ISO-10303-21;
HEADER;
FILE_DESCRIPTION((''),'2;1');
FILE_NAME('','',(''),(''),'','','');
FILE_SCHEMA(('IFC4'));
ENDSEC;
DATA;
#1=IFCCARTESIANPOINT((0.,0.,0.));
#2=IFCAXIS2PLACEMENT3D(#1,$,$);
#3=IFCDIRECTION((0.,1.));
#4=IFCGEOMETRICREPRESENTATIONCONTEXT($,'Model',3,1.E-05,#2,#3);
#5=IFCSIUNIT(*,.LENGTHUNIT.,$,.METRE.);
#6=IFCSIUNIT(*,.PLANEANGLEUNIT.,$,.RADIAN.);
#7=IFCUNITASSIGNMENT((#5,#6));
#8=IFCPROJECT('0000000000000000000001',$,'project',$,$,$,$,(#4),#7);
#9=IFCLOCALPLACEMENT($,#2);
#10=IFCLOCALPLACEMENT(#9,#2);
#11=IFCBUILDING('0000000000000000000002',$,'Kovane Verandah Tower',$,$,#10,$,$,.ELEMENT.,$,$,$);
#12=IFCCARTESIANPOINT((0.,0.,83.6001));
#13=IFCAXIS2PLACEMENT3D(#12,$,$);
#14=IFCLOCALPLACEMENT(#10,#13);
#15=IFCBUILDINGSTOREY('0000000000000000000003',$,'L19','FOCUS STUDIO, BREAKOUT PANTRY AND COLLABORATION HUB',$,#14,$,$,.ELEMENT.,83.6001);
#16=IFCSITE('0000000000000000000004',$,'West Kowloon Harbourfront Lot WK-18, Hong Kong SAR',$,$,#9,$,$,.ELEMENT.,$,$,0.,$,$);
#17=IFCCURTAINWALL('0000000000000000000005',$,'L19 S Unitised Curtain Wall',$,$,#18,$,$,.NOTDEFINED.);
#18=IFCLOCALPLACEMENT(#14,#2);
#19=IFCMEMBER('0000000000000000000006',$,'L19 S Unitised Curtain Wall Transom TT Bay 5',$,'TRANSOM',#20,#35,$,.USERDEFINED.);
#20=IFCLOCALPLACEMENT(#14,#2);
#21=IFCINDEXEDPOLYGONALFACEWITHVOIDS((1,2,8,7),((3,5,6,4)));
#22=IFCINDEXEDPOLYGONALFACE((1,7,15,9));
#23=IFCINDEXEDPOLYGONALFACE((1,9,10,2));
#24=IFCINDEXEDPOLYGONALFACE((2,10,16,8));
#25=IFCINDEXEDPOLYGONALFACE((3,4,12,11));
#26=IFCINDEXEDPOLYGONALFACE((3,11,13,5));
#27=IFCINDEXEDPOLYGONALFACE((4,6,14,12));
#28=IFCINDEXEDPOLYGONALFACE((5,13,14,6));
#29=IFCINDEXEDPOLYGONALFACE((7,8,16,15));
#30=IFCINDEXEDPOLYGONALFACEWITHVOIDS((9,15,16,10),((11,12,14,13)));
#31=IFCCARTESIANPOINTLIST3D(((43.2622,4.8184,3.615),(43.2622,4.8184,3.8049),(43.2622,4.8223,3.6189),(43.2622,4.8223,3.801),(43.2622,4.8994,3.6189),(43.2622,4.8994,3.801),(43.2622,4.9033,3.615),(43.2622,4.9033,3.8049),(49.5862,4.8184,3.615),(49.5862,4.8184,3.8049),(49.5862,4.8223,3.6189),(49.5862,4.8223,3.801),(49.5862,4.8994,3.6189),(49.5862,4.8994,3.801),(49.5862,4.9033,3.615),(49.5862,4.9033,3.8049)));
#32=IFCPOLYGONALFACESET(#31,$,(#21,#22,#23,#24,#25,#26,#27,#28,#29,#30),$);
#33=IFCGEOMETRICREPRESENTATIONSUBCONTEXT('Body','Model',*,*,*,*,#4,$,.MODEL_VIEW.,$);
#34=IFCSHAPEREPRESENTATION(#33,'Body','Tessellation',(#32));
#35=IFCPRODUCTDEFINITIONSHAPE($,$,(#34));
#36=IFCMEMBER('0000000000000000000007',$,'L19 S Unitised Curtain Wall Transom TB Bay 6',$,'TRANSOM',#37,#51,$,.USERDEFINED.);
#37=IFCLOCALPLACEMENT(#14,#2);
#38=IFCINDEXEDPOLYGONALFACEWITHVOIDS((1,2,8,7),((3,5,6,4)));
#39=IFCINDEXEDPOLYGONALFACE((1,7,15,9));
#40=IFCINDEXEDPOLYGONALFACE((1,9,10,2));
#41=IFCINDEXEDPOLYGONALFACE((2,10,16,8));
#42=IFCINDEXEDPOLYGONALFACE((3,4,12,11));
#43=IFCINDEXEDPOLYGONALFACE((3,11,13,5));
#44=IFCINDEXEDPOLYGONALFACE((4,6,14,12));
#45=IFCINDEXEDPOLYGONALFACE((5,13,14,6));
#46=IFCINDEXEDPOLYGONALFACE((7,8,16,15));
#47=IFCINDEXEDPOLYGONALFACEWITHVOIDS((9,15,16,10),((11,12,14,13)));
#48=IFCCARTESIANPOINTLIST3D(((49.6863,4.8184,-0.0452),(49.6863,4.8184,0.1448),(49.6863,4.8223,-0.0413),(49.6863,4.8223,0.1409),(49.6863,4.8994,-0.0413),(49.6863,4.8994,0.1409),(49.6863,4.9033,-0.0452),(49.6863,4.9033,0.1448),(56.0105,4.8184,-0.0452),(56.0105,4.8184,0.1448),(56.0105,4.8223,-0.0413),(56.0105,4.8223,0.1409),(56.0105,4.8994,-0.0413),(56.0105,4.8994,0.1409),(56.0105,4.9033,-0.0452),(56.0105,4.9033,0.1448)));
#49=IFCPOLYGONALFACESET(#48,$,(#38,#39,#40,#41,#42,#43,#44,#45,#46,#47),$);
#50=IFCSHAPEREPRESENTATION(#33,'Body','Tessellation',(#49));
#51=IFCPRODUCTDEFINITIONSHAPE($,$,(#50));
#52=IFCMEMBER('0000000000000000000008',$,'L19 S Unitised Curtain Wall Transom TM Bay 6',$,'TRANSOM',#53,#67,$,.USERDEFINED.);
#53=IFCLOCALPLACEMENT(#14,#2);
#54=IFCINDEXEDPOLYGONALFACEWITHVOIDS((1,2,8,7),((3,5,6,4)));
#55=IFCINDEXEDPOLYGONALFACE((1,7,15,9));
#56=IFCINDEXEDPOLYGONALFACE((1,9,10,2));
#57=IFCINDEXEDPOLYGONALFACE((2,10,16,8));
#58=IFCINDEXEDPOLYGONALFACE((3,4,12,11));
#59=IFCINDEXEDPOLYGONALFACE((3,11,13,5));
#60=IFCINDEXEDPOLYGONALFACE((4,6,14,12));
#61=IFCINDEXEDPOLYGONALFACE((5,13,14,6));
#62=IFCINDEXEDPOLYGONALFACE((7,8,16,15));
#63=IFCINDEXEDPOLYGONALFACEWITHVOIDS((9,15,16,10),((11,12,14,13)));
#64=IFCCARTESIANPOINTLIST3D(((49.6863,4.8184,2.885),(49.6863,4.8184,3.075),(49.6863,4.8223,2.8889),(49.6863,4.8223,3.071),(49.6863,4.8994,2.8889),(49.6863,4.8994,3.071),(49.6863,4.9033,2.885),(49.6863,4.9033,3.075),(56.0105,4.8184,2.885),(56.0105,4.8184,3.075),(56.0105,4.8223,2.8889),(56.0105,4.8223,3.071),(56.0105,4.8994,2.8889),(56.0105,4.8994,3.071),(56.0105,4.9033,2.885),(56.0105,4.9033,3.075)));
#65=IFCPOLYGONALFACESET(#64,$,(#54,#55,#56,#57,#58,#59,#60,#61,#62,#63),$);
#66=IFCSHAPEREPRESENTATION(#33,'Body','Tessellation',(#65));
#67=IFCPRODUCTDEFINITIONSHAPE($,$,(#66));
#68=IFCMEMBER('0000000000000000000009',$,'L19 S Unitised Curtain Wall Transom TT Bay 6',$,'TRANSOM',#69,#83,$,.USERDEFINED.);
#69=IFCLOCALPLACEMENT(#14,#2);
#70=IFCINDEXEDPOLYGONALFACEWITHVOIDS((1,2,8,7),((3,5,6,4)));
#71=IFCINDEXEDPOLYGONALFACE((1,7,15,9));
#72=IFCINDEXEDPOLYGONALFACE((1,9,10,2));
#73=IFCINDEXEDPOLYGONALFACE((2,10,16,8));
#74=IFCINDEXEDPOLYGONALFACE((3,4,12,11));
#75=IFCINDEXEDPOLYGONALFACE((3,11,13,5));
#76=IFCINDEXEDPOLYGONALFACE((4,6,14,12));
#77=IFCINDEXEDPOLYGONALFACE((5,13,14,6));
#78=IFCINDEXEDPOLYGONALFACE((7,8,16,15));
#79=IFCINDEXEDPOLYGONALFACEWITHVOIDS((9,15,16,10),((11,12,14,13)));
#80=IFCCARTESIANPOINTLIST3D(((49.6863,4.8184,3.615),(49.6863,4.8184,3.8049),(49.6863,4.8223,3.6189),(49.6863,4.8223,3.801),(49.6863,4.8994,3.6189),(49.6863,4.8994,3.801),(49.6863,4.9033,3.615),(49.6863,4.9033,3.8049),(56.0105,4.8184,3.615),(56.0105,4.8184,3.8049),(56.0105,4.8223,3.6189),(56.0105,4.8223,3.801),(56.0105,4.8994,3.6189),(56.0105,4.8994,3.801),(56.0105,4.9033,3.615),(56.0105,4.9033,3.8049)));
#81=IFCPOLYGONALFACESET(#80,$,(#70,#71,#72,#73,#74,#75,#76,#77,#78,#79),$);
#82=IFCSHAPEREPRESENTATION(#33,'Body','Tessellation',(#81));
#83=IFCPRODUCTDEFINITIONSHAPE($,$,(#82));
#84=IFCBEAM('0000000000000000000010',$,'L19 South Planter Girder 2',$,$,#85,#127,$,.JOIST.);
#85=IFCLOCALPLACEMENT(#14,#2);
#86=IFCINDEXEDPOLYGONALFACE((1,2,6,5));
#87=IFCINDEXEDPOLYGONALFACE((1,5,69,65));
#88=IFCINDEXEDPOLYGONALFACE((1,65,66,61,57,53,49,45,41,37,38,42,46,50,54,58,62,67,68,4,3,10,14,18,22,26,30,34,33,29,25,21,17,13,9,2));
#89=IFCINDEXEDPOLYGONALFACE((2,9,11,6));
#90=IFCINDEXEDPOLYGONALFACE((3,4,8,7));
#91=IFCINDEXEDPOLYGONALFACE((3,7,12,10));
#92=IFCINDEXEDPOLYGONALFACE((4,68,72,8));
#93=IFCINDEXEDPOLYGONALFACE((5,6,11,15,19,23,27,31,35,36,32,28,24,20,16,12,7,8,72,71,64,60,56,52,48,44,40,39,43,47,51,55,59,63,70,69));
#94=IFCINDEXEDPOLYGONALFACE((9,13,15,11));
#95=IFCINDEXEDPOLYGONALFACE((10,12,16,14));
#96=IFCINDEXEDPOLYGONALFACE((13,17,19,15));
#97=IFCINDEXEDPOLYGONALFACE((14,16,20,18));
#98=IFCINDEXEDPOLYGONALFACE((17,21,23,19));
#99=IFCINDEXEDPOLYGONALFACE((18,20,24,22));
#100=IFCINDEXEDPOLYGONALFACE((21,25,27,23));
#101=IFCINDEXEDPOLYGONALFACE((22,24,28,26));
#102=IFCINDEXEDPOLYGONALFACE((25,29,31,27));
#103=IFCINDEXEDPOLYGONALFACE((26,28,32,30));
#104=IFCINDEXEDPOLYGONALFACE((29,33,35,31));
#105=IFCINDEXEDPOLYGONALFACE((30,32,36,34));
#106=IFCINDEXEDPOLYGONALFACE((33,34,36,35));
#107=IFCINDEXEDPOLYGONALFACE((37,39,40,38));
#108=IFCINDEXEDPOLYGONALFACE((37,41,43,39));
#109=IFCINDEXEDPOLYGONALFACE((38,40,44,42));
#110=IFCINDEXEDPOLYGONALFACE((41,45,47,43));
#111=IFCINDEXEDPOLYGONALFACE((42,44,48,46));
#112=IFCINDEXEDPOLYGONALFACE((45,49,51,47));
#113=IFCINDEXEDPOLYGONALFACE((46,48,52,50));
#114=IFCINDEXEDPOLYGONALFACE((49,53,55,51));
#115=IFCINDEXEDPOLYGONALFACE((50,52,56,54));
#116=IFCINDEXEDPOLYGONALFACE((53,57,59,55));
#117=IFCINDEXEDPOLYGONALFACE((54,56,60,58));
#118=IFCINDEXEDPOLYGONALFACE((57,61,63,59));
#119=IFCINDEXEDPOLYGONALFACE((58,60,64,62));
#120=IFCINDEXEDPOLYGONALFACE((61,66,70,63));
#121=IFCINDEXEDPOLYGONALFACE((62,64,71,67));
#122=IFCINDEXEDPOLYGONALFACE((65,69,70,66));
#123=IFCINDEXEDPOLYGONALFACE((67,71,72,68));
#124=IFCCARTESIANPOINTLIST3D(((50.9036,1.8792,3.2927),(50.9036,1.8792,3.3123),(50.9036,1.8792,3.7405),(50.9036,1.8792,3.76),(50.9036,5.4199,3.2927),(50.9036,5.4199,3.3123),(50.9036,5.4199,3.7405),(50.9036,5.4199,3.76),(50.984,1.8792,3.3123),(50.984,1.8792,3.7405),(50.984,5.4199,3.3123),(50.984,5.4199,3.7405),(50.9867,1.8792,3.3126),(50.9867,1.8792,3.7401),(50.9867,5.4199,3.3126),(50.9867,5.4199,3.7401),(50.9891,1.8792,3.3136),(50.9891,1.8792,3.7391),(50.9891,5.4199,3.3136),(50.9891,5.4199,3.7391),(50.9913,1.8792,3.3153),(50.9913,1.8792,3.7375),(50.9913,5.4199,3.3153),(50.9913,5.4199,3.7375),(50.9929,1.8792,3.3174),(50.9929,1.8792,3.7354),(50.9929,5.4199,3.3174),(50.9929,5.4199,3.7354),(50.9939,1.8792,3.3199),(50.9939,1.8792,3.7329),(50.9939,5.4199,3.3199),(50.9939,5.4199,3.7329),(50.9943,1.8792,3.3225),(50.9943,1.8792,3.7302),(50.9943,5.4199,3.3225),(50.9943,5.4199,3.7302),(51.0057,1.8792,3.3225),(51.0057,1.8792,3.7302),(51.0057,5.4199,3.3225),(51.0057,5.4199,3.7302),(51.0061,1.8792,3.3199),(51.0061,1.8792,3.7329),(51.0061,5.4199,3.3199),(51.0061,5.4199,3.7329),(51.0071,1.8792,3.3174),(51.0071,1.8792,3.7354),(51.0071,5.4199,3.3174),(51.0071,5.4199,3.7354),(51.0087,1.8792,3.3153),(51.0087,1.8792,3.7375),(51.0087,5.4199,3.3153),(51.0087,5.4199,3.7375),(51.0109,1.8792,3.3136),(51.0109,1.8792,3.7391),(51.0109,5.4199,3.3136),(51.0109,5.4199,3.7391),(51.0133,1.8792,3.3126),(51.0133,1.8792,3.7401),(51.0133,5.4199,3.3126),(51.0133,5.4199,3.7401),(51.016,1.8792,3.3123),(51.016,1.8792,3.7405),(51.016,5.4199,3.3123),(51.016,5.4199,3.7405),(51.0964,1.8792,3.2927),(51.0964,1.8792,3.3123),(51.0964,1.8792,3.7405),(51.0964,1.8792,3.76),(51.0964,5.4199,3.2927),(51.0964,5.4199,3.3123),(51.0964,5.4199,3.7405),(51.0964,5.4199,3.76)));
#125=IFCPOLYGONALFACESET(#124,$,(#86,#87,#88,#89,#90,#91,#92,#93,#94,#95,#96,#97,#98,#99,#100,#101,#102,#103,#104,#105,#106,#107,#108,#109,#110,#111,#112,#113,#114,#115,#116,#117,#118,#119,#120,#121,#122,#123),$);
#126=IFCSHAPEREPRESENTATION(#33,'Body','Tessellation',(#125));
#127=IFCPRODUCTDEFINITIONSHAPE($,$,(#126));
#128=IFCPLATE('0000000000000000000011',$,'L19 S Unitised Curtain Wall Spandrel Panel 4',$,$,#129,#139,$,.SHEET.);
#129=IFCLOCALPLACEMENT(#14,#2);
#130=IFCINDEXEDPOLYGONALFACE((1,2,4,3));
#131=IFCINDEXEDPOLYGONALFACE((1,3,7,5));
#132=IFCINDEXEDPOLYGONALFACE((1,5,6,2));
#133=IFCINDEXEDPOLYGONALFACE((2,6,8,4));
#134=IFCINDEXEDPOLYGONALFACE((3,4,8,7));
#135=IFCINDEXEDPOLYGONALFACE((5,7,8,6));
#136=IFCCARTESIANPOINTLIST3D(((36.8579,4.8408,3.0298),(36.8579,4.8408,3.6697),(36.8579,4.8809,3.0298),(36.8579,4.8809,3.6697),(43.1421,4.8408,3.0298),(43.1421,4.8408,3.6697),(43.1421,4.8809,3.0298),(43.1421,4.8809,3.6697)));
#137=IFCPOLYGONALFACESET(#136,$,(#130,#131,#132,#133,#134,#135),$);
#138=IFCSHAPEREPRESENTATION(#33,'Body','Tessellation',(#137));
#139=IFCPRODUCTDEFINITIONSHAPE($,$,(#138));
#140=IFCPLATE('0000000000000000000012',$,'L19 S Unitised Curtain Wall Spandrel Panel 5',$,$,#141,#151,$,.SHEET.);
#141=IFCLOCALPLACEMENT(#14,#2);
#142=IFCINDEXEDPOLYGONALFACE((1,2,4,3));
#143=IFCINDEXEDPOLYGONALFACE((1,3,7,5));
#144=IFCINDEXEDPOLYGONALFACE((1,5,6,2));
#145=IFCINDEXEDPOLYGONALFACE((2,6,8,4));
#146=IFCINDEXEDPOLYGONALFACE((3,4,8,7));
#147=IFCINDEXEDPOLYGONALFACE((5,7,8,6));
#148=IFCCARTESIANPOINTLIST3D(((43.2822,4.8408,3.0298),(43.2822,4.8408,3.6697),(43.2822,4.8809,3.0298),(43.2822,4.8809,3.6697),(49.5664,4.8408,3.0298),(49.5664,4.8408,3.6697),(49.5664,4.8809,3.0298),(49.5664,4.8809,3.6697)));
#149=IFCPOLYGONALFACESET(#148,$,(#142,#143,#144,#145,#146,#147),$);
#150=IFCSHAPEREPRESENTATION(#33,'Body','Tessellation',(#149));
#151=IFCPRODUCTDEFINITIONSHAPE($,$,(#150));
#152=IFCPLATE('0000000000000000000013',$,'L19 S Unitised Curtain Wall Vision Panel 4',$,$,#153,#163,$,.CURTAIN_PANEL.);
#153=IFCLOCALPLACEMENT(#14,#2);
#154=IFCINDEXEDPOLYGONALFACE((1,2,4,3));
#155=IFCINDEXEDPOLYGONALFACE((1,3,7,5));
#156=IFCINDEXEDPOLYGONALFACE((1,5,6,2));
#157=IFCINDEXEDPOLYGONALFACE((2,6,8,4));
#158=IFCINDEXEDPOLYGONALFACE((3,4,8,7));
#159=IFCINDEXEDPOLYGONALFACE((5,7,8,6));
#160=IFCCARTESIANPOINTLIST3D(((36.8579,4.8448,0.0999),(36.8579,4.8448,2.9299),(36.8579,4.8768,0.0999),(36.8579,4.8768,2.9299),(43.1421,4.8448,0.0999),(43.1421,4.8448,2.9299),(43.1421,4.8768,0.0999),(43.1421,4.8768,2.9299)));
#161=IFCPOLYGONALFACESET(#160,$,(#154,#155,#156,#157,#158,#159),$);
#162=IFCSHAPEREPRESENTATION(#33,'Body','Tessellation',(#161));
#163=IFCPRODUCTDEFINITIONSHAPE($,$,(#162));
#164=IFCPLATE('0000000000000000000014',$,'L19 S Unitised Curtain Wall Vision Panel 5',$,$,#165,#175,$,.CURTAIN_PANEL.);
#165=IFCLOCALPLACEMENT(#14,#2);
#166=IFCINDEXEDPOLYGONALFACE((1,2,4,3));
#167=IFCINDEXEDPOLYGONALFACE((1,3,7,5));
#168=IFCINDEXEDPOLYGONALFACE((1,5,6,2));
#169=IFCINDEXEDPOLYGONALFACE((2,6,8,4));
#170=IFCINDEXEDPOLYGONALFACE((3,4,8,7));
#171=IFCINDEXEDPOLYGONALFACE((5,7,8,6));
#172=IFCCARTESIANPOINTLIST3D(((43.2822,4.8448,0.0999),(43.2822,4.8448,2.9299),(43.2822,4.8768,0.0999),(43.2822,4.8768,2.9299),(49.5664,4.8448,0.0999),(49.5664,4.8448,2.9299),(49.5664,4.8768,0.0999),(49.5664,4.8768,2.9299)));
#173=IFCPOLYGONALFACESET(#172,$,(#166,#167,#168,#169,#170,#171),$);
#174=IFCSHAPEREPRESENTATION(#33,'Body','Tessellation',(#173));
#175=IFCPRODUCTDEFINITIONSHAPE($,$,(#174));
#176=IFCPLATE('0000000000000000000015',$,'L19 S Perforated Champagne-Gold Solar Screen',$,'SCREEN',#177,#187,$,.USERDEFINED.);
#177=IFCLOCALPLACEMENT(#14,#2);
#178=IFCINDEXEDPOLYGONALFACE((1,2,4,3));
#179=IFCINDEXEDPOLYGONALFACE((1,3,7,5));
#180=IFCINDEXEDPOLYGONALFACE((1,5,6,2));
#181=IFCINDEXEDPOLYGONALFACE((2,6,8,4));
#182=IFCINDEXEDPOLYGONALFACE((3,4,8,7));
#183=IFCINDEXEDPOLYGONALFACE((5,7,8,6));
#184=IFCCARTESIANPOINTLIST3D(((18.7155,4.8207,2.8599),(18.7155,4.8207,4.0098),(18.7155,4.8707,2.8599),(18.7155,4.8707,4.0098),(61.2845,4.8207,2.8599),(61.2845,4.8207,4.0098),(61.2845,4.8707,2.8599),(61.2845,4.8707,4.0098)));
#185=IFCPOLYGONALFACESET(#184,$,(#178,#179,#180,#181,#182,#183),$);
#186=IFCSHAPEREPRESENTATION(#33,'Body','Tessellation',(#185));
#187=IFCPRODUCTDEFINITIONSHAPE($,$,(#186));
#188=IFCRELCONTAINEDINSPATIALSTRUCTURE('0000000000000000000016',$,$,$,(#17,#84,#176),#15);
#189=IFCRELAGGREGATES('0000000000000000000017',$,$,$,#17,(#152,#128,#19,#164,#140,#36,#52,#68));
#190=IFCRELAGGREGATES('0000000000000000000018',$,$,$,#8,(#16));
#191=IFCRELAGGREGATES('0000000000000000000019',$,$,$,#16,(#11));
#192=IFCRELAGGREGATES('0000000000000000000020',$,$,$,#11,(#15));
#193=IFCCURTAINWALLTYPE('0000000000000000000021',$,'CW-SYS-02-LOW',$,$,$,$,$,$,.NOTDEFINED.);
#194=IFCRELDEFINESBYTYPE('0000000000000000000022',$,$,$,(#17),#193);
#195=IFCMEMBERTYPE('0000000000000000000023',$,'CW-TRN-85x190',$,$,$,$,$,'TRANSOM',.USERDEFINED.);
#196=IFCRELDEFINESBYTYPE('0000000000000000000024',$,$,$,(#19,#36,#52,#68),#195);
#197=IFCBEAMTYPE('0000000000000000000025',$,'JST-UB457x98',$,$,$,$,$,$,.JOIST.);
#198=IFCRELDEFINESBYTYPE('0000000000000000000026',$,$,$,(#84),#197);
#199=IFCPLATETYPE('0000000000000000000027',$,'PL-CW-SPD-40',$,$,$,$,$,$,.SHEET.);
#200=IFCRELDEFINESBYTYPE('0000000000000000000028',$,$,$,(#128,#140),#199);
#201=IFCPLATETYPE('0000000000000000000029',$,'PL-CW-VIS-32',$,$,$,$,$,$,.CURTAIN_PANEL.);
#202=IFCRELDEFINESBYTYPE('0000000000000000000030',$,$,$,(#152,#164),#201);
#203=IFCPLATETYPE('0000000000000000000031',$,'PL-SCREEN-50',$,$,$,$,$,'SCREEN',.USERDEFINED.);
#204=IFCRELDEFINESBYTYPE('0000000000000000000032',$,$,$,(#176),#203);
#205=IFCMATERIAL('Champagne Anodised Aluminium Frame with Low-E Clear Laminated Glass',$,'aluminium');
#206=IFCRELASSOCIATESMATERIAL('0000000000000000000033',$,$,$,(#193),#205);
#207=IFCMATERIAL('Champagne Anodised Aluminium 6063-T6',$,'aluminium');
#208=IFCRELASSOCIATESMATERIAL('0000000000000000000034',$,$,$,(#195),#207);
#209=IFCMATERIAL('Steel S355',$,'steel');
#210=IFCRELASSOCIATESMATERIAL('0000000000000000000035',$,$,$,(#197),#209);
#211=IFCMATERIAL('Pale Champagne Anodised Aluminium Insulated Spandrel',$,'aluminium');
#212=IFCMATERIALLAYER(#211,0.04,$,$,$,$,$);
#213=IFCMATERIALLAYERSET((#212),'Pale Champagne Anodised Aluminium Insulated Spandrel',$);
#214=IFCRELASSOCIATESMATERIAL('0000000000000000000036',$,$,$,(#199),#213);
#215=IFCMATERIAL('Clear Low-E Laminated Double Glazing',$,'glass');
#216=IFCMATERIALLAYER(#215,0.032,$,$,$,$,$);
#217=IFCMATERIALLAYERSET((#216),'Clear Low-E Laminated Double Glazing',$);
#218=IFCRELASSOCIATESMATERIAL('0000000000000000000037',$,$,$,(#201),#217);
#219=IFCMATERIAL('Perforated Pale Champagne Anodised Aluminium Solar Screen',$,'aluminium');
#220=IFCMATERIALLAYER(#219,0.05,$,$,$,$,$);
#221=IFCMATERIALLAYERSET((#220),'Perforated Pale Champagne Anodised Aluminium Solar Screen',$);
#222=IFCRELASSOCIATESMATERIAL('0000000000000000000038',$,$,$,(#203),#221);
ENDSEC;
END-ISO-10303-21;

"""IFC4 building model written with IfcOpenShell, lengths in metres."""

from ifc_helpers import new_model, si_unit, direction, frame, origin, origin_2d, place, context, subcontext, project, spatial, rectangle, hollow_rectangle, i_section, extrude, material, layer, layer_set, material_profile, profile_set, type_object, element, aggregate, save


model = new_model("IFC4")

# Units and contexts
model_context = context("Model", 3, precision=1e-05, world=origin(), true_north=direction((0.0, 1.0)))
body_context = subcontext(model_context, "Body", "Model", "MODEL_VIEW")
ifc_project = project(units=[si_unit("LENGTHUNIT", "METRE"), si_unit("PLANEANGLEUNIT", "RADIAN")], contexts=[model_context])

# Site, building, storey
site_placement = place(None, origin())
site = spatial("IfcSite", under=ifc_project, at=site_placement, Name="West Kowloon Harbourfront Lot WK-18, Hong Kong SAR", CompositionType="ELEMENT", RefElevation=0.0)
building_placement = place(site_placement, origin())
building = spatial("IfcBuilding", under=site, at=building_placement, Name="Kovane Verandah Tower", CompositionType="ELEMENT")
storey_placement = place(building_placement, frame((0.0, 0.0, 83.6001)))
storey = spatial("IfcBuildingStorey", under=building, at=storey_placement, Name="L19", Description="FOCUS STUDIO, BREAKOUT PANTRY AND COLLABORATION HUB", CompositionType="ELEMENT", Elevation=83.6001)

# Shared definitions
ifc_material_1 = material(Name="Steel S355", Category="steel")

# Curtain wall, members
ifc_material_2 = material(Name="Champagne Anodised Aluminium Frame with Low-E Clear Laminated Glass", Category="aluminium")
curtain_wall_type = type_object("IfcCurtainWallType", Name="CW-SYS-02-LOW", PredefinedType="NOTDEFINED", material=ifc_material_2)
curtain_wall_placement = place(storey_placement, origin())
curtain_wall = element("IfcCurtainWall", 1, at=curtain_wall_placement, inside=storey, type_object=curtain_wall_type, Name="L19 S Unitised Curtain Wall", PredefinedType="NOTDEFINED")
ifc_material_3 = material(Name="Champagne Anodised Aluminium 6063-T6", Category="aluminium")
ifc_material_profile_1 = material_profile(ifc_material_3, hollow_rectangle(XDim=0.085, YDim=0.1899, WallThickness=0.0039, at=origin_2d()), Name="AL85x190x4")
ifc_profile_set_1 = profile_set([ifc_material_profile_1], Name="Champagne Anodised Aluminium 6063-T6")
member_type_1 = type_object("IfcMemberType", Name="CW-TRN-85x190", ElementType="TRANSOM", PredefinedType="USERDEFINED", material=ifc_profile_set_1)
member_1_placement = place(storey_placement, frame((43.2622, 4.8608, 3.71), z_axis=(1.0, 0.0, 0.0), x_axis=(0.0, 1.0, 0.0)))
member_1 = element("IfcMember", 2, at=member_1_placement, type_object=member_type_1, Name="L19 S Unitised Curtain Wall Transom TT Bay 5", ObjectType="TRANSOM", PredefinedType="USERDEFINED", context=body_context, shape_type="SweptSolid", body=[
    extrude(hollow_rectangle(XDim=0.085, YDim=0.1899, WallThickness=0.0039, at=origin_2d()), origin(), (0.0, 0.0, 1.0), 6.324),
])
member_2_placement = place(storey_placement, frame((49.6863, 4.8608, 0.0498), z_axis=(1.0, 0.0, 0.0), x_axis=(0.0, 1.0, 0.0)))
member_2 = element("IfcMember", 3, at=member_2_placement, type_object=member_type_1, Name="L19 S Unitised Curtain Wall Transom TB Bay 6", ObjectType="TRANSOM", PredefinedType="USERDEFINED", context=body_context, shape_type="SweptSolid", body=[
    extrude(hollow_rectangle(XDim=0.085, YDim=0.1899, WallThickness=0.0039, at=origin_2d()), origin(), (0.0, 0.0, 1.0), 6.3242),
])
member_3_placement = place(storey_placement, frame((49.6863, 4.8608, 2.98), z_axis=(1.0, 0.0, 0.0), x_axis=(0.0, 1.0, 0.0)))
member_3 = element("IfcMember", 4, at=member_3_placement, type_object=member_type_1, Name="L19 S Unitised Curtain Wall Transom TM Bay 6", ObjectType="TRANSOM", PredefinedType="USERDEFINED", context=body_context, shape_type="SweptSolid", body=[
    extrude(hollow_rectangle(XDim=0.085, YDim=0.1899, WallThickness=0.0039, at=origin_2d()), origin(), (0.0, 0.0, 1.0), 6.3242),
])
member_4_placement = place(storey_placement, frame((49.6863, 4.8608, 3.71), z_axis=(1.0, 0.0, 0.0), x_axis=(0.0, 1.0, 0.0)))
member_4 = element("IfcMember", 5, at=member_4_placement, type_object=member_type_1, Name="L19 S Unitised Curtain Wall Transom TT Bay 6", ObjectType="TRANSOM", PredefinedType="USERDEFINED", context=body_context, shape_type="SweptSolid", body=[
    extrude(hollow_rectangle(XDim=0.085, YDim=0.1899, WallThickness=0.0039, at=origin_2d()), origin(), (0.0, 0.0, 1.0), 6.3242),
])

# Beam
ifc_material_profile_2 = material_profile(ifc_material_1, i_section(OverallWidth=0.1929, OverallDepth=0.4673, WebThickness=0.0115, FlangeThickness=0.0195, FilletRadius=0.0103, at=origin_2d()), Name="UB457x191x98")
ifc_profile_set_2 = profile_set([ifc_material_profile_2], Name="Steel S355")
beam_type_1 = type_object("IfcBeamType", Name="JST-UB457x98", PredefinedType="JOIST", material=ifc_profile_set_2)
beam_1_placement = place(storey_placement, frame((51.0, 5.4199, 3.5264), z_axis=(0.0, -1.0, 0.0), x_axis=(1.0, 0.0, 0.0)))
element("IfcBeam", 6, at=beam_1_placement, inside=storey, type_object=beam_type_1, Name="L19 South Planter Girder 2", PredefinedType="JOIST", context=body_context, shape_type="SweptSolid", body=[
    extrude(i_section(OverallWidth=0.1929, OverallDepth=0.4673, WebThickness=0.0115, FlangeThickness=0.0195, FilletRadius=0.0103, at=origin_2d()), origin(), (0.0, 0.0, 1.0), 3.5408),
])

# Plates
ifc_material_4 = material(Name="Pale Champagne Anodised Aluminium Insulated Spandrel", Category="aluminium")
ifc_layer_1 = layer(ifc_material_4, 0.04)
ifc_layer_set_1 = layer_set([ifc_layer_1], Name="Pale Champagne Anodised Aluminium Insulated Spandrel")
plate_type_1 = type_object("IfcPlateType", Name="PL-CW-SPD-40", PredefinedType="SHEET", material=ifc_layer_set_1)
plate_1_placement = place(storey_placement, frame((40.0, 4.8608, 3.0298), z_axis=(0.0, 0.0, 1.0), x_axis=(1.0, 0.0, 0.0)))
plate_1 = element("IfcPlate", 7, at=plate_1_placement, type_object=plate_type_1, Name="L19 S Unitised Curtain Wall Spandrel Panel 4", PredefinedType="SHEET", context=body_context, shape_type="SweptSolid", body=[
    extrude(rectangle(XDim=6.2842, YDim=0.04, at=origin_2d()), origin(), (0.0, 0.0, 1.0), 0.6399),
])
plate_2_placement = place(storey_placement, frame((46.4243, 4.8608, 3.0298), z_axis=(0.0, 0.0, 1.0), x_axis=(1.0, 0.0, 0.0)))
plate_2 = element("IfcPlate", 8, at=plate_2_placement, type_object=plate_type_1, Name="L19 S Unitised Curtain Wall Spandrel Panel 5", PredefinedType="SHEET", context=body_context, shape_type="SweptSolid", body=[
    extrude(rectangle(XDim=6.2842, YDim=0.04, at=origin_2d()), origin(), (0.0, 0.0, 1.0), 0.6399),
])
ifc_material_5 = material(Name="Clear Low-E Laminated Double Glazing", Category="glass")
ifc_layer_2 = layer(ifc_material_5, 0.032)
ifc_layer_set_2 = layer_set([ifc_layer_2], Name="Clear Low-E Laminated Double Glazing")
plate_type_2 = type_object("IfcPlateType", Name="PL-CW-VIS-32", PredefinedType="CURTAIN_PANEL", material=ifc_layer_set_2)
plate_3_placement = place(storey_placement, frame((40.0, 4.8608, 0.0999), z_axis=(0.0, 0.0, 1.0), x_axis=(1.0, 0.0, 0.0)))
plate_3 = element("IfcPlate", 9, at=plate_3_placement, type_object=plate_type_2, Name="L19 S Unitised Curtain Wall Vision Panel 4", PredefinedType="CURTAIN_PANEL", context=body_context, shape_type="SweptSolid", body=[
    extrude(rectangle(XDim=6.2842, YDim=0.032, at=origin_2d()), origin(), (0.0, 0.0, 1.0), 2.8301),
])
plate_4_placement = place(storey_placement, frame((46.4243, 4.8608, 0.0999), z_axis=(0.0, 0.0, 1.0), x_axis=(1.0, 0.0, 0.0)))
plate_4 = element("IfcPlate", 10, at=plate_4_placement, type_object=plate_type_2, Name="L19 S Unitised Curtain Wall Vision Panel 5", PredefinedType="CURTAIN_PANEL", context=body_context, shape_type="SweptSolid", body=[
    extrude(rectangle(XDim=6.2842, YDim=0.032, at=origin_2d()), origin(), (0.0, 0.0, 1.0), 2.8301),
])
aggregate(curtain_wall, [plate_3, plate_1, member_1, plate_4, plate_2, member_2, member_3, member_4])
ifc_material_6 = material(Name="Perforated Pale Champagne Anodised Aluminium Solar Screen", Category="aluminium")
ifc_layer_3 = layer(ifc_material_6, 0.05)
ifc_layer_set_3 = layer_set([ifc_layer_3], Name="Perforated Pale Champagne Anodised Aluminium Solar Screen")
plate_type_3 = type_object("IfcPlateType", Name="PL-SCREEN-50", ElementType="SCREEN", PredefinedType="USERDEFINED", material=ifc_layer_set_3)
plate_5_placement = place(storey_placement, frame((40.0, 4.8457, 2.8599), z_axis=(0.0, 0.0, 1.0), x_axis=(1.0, 0.0, 0.0)))
element("IfcPlate", 11, at=plate_5_placement, inside=storey, type_object=plate_type_3, Name="L19 S Perforated Champagne-Gold Solar Screen", ObjectType="SCREEN", PredefinedType="USERDEFINED", context=body_context, shape_type="SweptSolid", body=[
    extrude(rectangle(XDim=42.5691, YDim=0.05, at=origin_2d()), origin(), (0.0, 0.0, 1.0), 1.1499),
])

save(model, "model.ifc")
